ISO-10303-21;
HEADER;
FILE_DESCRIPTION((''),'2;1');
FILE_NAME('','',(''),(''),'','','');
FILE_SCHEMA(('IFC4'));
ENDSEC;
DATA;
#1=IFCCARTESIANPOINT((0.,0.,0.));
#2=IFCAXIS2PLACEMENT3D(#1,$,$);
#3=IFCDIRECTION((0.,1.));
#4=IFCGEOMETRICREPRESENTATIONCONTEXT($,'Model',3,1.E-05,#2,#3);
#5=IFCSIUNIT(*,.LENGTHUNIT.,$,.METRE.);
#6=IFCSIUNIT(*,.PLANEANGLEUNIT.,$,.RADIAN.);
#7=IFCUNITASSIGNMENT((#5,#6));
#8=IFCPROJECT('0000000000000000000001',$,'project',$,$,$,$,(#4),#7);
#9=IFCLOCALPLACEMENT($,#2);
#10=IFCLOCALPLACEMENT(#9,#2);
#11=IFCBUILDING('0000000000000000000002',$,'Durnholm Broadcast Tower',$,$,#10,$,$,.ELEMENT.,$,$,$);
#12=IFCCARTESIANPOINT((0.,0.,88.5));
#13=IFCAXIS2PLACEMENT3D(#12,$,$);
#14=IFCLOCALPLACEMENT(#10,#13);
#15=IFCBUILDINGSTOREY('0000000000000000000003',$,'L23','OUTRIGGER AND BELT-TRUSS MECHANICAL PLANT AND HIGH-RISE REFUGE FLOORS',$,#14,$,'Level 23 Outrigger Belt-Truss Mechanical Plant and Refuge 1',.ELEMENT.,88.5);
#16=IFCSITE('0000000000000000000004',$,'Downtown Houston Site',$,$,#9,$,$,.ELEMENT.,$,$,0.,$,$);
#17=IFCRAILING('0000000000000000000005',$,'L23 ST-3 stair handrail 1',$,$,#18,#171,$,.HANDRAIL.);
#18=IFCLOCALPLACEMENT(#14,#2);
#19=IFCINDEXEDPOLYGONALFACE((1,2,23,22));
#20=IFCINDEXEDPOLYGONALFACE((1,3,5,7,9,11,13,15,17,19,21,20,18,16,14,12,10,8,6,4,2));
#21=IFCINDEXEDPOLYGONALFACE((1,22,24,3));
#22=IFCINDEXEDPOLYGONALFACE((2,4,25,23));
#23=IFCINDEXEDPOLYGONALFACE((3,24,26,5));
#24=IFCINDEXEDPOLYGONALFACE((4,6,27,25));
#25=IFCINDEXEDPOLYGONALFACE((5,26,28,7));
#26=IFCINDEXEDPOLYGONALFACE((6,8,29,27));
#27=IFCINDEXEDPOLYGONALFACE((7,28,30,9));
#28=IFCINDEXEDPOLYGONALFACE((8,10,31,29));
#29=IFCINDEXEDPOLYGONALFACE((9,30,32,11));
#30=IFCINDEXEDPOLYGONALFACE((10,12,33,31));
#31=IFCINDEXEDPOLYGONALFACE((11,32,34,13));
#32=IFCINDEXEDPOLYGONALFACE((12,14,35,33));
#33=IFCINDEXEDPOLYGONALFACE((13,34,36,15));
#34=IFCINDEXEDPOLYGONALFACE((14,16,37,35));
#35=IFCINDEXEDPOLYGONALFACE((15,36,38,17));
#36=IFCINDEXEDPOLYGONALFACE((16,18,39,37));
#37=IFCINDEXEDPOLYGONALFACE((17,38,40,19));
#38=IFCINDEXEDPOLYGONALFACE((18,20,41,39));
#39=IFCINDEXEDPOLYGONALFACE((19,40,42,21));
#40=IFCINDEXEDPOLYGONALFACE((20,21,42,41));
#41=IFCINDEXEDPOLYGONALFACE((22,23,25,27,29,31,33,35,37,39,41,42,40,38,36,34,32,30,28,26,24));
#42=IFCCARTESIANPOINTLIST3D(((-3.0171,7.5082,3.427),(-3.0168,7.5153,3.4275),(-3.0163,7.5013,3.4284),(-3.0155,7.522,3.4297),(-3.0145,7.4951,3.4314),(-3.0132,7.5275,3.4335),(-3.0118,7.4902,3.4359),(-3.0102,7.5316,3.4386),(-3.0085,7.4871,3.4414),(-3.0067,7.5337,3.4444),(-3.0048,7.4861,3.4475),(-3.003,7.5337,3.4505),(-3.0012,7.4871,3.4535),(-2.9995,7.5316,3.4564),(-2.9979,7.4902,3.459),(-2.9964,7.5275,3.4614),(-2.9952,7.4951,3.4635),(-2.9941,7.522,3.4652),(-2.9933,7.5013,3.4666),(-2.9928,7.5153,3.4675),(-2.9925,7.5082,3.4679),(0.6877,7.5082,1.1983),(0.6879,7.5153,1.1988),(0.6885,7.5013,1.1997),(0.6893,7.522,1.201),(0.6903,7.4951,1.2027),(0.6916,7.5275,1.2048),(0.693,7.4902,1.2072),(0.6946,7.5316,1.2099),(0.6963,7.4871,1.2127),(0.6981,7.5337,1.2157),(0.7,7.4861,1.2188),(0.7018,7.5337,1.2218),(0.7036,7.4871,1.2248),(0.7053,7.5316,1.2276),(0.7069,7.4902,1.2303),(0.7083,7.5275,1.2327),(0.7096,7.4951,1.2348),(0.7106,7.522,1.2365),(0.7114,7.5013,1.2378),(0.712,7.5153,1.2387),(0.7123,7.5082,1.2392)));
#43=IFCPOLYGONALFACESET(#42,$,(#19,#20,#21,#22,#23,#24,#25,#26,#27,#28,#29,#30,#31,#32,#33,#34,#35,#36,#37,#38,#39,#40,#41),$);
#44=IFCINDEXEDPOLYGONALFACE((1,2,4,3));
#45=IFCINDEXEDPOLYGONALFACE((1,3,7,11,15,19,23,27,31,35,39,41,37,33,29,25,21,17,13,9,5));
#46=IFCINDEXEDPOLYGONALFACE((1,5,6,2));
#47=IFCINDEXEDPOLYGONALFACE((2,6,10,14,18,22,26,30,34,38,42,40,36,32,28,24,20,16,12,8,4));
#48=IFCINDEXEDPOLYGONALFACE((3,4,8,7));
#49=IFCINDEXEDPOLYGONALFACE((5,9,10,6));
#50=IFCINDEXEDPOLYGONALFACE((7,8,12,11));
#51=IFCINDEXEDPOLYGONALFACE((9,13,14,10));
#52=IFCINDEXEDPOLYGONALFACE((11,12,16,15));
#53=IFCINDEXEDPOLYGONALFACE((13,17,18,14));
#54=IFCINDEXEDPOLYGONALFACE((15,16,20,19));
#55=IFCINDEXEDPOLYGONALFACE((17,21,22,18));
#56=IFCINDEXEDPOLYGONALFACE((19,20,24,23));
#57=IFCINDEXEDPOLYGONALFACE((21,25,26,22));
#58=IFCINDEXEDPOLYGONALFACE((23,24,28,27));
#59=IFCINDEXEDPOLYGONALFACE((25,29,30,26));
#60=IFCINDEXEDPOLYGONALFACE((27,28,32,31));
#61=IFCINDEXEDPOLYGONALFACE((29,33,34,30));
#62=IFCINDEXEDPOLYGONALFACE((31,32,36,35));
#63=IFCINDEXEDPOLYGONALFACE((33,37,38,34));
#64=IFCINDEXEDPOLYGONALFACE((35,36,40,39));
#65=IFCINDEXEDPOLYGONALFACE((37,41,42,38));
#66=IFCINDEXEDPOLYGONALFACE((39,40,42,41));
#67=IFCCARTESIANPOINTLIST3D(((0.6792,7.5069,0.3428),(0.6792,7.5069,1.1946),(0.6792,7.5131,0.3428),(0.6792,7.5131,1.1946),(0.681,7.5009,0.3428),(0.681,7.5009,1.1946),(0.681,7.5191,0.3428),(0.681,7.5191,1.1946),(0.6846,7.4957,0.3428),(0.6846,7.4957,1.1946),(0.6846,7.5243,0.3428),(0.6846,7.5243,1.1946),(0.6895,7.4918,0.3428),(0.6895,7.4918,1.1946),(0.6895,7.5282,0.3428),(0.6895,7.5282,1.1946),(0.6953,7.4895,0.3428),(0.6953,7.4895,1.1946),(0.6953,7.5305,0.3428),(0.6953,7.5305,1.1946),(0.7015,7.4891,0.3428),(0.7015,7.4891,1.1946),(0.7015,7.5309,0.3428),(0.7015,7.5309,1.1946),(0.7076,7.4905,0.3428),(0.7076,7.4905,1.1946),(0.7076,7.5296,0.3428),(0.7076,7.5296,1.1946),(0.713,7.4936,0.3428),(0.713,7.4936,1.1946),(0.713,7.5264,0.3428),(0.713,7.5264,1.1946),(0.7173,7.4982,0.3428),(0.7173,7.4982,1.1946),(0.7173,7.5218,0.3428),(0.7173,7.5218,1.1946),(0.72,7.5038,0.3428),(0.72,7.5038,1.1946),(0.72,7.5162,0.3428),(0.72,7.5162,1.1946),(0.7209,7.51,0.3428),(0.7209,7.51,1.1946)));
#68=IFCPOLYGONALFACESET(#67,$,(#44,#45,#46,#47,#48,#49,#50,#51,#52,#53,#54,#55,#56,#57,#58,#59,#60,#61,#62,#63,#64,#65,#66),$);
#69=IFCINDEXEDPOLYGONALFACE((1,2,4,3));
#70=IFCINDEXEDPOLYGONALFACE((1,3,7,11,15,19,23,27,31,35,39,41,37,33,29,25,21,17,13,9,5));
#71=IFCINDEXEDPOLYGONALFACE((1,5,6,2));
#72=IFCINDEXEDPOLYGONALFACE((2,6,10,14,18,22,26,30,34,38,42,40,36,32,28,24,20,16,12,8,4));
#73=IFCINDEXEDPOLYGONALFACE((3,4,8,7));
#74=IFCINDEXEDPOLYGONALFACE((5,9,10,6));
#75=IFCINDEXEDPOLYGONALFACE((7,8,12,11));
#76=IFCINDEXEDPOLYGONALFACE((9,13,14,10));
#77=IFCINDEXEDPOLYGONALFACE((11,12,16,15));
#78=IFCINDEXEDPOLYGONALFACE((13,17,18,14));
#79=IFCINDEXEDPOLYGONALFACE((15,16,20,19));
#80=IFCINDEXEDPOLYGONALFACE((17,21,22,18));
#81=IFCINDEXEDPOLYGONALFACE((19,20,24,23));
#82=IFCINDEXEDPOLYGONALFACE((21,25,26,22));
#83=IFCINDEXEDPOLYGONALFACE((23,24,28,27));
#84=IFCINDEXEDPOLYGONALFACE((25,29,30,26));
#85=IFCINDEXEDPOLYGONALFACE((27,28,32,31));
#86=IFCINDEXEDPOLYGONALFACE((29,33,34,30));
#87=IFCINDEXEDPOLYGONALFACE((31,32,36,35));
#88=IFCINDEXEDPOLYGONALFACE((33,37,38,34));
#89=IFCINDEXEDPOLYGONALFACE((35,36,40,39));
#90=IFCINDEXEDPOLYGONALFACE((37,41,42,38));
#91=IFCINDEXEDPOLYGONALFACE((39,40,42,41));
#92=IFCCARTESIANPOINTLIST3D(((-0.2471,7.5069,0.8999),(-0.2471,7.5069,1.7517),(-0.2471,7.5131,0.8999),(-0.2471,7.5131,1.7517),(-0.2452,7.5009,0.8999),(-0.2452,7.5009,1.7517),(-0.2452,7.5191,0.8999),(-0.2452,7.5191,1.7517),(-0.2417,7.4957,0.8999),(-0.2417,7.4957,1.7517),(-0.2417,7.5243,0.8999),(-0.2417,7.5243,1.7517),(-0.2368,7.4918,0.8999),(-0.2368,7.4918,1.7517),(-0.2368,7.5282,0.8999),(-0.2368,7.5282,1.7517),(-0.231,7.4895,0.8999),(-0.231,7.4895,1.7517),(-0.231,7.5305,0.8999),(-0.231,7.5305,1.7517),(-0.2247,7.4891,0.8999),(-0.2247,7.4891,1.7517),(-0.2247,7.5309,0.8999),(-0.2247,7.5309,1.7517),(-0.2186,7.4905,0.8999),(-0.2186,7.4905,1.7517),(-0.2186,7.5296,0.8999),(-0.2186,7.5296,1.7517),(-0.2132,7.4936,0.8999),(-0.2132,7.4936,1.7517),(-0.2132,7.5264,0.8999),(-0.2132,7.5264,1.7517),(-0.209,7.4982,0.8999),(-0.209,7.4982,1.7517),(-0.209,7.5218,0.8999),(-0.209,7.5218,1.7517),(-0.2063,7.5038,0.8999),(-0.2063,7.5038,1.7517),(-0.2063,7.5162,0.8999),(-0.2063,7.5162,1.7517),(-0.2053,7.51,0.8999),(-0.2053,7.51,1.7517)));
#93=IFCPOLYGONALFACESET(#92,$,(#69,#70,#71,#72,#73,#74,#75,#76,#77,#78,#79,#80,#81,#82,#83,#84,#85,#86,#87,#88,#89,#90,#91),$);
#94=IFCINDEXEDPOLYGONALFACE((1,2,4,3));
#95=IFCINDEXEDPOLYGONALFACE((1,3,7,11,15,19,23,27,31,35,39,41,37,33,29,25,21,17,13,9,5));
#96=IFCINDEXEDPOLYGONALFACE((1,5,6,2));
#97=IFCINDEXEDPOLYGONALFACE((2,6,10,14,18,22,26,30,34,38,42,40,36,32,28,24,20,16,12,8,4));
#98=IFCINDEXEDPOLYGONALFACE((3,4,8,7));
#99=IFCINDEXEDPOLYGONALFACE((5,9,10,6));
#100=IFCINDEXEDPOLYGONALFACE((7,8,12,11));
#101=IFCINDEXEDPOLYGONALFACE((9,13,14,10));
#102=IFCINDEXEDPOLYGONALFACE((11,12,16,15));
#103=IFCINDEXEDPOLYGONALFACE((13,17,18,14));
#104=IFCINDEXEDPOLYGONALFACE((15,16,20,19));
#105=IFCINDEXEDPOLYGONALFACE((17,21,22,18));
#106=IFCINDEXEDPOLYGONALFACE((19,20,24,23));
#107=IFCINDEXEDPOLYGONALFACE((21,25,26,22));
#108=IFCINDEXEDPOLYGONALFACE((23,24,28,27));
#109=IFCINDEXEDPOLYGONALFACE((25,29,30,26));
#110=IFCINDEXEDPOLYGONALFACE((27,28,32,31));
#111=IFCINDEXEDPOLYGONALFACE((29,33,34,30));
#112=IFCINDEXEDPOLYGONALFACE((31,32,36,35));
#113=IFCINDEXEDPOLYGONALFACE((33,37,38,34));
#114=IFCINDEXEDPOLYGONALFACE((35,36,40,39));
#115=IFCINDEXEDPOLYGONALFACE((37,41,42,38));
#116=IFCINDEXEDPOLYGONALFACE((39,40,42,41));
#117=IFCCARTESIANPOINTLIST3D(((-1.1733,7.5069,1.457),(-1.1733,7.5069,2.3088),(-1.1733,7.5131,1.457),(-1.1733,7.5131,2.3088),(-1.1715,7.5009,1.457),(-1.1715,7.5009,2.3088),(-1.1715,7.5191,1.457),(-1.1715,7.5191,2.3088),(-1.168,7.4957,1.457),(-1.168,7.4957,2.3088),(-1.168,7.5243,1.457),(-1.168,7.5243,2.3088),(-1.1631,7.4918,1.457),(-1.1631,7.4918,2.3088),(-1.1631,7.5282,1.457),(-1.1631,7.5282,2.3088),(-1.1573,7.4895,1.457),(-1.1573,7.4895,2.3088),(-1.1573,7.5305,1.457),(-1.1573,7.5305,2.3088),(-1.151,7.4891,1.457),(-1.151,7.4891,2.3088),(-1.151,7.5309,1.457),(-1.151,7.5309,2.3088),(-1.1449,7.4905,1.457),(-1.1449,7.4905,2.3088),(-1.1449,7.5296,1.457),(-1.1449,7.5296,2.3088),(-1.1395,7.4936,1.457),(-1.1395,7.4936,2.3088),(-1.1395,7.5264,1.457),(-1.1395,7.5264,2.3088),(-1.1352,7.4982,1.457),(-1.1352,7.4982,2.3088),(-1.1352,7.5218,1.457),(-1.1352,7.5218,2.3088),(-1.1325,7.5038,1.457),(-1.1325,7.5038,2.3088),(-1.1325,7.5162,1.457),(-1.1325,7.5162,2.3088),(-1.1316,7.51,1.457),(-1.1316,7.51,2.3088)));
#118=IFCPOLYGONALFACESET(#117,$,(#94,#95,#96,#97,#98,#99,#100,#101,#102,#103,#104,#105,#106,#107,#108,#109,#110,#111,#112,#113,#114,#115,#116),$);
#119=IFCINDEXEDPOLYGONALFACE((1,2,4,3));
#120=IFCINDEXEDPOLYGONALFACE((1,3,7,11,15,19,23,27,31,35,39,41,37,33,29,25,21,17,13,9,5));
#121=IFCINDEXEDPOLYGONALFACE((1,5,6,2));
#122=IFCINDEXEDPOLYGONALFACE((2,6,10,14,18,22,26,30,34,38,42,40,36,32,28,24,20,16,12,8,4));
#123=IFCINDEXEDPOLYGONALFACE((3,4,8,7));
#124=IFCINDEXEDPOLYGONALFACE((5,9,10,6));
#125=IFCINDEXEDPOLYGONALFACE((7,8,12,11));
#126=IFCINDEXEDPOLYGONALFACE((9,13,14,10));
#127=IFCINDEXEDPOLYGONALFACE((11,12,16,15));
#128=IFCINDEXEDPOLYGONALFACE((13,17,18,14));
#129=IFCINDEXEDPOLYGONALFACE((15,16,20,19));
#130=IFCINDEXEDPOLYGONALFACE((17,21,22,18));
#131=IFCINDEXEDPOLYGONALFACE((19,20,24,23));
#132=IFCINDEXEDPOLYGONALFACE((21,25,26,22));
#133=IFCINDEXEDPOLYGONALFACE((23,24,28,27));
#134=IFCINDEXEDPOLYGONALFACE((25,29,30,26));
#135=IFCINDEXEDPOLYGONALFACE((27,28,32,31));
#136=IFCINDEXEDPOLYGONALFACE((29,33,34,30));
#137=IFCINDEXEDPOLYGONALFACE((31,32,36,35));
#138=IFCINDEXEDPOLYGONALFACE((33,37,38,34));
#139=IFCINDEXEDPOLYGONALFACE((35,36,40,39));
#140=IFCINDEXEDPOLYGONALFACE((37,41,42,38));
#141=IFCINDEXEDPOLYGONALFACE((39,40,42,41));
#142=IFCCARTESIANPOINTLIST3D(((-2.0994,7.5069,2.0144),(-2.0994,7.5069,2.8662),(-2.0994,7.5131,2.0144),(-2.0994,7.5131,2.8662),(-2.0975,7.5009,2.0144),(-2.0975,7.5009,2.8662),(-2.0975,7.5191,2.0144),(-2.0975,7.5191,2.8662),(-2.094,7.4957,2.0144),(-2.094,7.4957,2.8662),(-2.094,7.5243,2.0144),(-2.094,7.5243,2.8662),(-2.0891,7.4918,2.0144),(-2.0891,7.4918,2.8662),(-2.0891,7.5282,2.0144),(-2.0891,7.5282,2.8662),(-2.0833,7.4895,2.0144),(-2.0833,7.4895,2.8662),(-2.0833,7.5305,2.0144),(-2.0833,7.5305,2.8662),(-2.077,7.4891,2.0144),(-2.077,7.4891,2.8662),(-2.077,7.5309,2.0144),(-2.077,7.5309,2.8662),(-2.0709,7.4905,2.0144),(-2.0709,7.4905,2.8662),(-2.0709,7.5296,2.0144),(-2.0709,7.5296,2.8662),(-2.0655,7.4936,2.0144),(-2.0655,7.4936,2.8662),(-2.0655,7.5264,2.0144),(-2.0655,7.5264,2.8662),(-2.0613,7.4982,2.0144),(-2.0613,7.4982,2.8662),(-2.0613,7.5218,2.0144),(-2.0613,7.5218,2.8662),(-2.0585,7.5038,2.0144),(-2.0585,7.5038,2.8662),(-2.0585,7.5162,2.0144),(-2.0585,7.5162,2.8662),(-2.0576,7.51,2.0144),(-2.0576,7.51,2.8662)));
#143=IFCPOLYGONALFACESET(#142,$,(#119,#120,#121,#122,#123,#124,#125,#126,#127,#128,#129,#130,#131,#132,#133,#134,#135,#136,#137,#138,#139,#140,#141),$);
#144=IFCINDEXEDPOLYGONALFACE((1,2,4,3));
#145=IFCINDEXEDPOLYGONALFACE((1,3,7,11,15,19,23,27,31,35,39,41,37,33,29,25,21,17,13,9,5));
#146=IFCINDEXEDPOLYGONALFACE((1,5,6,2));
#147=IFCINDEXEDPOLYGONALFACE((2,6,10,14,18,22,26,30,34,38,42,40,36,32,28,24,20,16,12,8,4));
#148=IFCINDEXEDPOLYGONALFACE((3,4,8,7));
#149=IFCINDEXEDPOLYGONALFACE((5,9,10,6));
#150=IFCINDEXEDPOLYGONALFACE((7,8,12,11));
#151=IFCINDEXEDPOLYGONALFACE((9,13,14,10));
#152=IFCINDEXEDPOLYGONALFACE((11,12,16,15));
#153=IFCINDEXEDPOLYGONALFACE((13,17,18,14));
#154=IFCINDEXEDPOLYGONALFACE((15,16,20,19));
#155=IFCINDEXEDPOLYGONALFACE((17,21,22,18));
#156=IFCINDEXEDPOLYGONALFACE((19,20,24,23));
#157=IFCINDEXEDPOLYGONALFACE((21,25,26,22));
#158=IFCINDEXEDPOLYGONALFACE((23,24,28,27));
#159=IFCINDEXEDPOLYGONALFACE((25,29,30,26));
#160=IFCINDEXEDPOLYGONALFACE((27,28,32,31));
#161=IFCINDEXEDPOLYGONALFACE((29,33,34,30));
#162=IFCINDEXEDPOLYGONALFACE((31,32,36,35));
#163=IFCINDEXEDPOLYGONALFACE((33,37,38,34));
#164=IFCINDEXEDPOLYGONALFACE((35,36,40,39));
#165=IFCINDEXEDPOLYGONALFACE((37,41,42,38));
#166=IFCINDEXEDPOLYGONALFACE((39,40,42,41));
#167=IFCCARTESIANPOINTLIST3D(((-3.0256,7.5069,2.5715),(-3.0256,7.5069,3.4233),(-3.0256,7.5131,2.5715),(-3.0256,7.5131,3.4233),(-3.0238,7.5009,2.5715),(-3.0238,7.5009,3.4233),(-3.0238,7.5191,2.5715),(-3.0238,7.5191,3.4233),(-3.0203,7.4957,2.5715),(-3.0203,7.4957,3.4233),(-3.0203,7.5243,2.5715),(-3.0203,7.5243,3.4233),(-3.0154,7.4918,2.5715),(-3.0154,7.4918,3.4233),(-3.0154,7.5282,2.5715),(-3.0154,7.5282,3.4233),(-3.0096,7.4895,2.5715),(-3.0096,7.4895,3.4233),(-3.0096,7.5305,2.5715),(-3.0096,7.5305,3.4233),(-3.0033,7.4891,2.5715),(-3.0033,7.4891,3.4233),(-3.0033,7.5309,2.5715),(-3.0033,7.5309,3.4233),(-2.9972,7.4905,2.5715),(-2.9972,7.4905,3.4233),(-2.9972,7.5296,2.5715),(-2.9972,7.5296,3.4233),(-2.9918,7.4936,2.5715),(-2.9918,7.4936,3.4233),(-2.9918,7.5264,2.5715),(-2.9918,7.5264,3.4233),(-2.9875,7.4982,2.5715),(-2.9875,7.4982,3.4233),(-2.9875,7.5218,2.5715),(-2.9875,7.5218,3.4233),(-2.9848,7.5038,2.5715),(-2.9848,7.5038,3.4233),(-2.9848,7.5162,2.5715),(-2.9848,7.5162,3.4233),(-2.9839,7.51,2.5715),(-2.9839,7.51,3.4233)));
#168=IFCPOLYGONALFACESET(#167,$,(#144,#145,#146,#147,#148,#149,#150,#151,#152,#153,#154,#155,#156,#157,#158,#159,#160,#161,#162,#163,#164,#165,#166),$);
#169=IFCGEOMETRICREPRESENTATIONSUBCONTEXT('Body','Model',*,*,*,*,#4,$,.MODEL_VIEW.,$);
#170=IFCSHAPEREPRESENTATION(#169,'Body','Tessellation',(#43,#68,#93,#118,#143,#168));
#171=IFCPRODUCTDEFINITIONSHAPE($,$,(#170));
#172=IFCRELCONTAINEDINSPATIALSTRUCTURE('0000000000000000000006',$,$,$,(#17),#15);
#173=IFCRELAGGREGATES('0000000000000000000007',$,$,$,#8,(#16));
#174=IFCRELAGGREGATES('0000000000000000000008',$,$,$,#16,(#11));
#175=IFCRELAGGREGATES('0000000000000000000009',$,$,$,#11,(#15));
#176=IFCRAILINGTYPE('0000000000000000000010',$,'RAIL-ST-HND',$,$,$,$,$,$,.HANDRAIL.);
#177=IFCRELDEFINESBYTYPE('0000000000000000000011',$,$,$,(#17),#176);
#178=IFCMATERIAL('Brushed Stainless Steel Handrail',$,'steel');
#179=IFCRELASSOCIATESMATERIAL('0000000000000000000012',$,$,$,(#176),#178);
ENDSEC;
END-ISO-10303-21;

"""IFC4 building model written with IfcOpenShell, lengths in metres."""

from ifc_helpers import new_model, si_unit, direction, frame, origin, origin_2d, place, context, subcontext, project, spatial, circle, extrude, material, type_object, element, save


model = new_model("IFC4")

# Units and contexts
model_context = context("Model", 3, precision=1e-05, world=origin(), true_north=direction((0.0, 1.0)))
body_context = subcontext(model_context, "Body", "Model", "MODEL_VIEW")
ifc_project = project(units=[si_unit("LENGTHUNIT", "METRE"), si_unit("PLANEANGLEUNIT", "RADIAN")], contexts=[model_context])

# Site, building, storey
site_placement = place(None, origin())
site = spatial("IfcSite", under=ifc_project, at=site_placement, Name="Downtown Houston Site", CompositionType="ELEMENT", RefElevation=0.0)
building_placement = place(site_placement, origin())
building = spatial("IfcBuilding", under=site, at=building_placement, Name="Durnholm Broadcast Tower", CompositionType="ELEMENT")
storey_placement = place(building_placement, frame((0.0, 0.0, 88.5)))
storey = spatial("IfcBuildingStorey", under=building, at=storey_placement, Name="L23", Description="OUTRIGGER AND BELT-TRUSS MECHANICAL PLANT AND HIGH-RISE REFUGE FLOORS", LongName="Level 23 Outrigger Belt-Truss Mechanical Plant and Refuge 1", CompositionType="ELEMENT", Elevation=88.5)

# Railing
ifc_material_1 = material(Name="Brushed Stainless Steel Handrail", Category="steel")
railing_type_1 = type_object("IfcRailingType", Name="RAIL-ST-HND", PredefinedType="HANDRAIL", material=ifc_material_1)
railing_1_placement = place(storey_placement, frame((0.7, 7.51, 0.3428)))
element("IfcRailing", 1, at=railing_1_placement, inside=storey, type_object=railing_type_1, Name="L23 ST-3 stair handrail 1", PredefinedType="HANDRAIL", context=body_context, shape_type="SweptSolid", body=[
    extrude(circle(Radius=0.0239, at=origin_2d()), frame((0.0, 0.0, 0.876), z_axis=(-0.856894, 0.0, 0.515492), x_axis=(0.0, -1.0, 0.0)), (0.0, 0.0, 1.0), 4.3235),
    extrude(circle(Radius=0.021, at=origin_2d()), origin(), (0.0, 0.0, 1.0), 0.8518),
    extrude(circle(Radius=0.021, at=origin_2d()), frame((-0.9263, 0.0, 0.5571)), (0.0, 0.0, 1.0), 0.8518),
    extrude(circle(Radius=0.021, at=origin_2d()), frame((-1.8525, 0.0, 1.1143)), (0.0, 0.0, 1.0), 0.8518),
    extrude(circle(Radius=0.021, at=origin_2d()), frame((-2.7786, 0.0, 1.6716)), (0.0, 0.0, 1.0), 0.8518),
    extrude(circle(Radius=0.021, at=origin_2d()), frame((-3.7048, 0.0, 2.2288)), (0.0, 0.0, 1.0), 0.8518),
])

save(model, "model.ifc")
